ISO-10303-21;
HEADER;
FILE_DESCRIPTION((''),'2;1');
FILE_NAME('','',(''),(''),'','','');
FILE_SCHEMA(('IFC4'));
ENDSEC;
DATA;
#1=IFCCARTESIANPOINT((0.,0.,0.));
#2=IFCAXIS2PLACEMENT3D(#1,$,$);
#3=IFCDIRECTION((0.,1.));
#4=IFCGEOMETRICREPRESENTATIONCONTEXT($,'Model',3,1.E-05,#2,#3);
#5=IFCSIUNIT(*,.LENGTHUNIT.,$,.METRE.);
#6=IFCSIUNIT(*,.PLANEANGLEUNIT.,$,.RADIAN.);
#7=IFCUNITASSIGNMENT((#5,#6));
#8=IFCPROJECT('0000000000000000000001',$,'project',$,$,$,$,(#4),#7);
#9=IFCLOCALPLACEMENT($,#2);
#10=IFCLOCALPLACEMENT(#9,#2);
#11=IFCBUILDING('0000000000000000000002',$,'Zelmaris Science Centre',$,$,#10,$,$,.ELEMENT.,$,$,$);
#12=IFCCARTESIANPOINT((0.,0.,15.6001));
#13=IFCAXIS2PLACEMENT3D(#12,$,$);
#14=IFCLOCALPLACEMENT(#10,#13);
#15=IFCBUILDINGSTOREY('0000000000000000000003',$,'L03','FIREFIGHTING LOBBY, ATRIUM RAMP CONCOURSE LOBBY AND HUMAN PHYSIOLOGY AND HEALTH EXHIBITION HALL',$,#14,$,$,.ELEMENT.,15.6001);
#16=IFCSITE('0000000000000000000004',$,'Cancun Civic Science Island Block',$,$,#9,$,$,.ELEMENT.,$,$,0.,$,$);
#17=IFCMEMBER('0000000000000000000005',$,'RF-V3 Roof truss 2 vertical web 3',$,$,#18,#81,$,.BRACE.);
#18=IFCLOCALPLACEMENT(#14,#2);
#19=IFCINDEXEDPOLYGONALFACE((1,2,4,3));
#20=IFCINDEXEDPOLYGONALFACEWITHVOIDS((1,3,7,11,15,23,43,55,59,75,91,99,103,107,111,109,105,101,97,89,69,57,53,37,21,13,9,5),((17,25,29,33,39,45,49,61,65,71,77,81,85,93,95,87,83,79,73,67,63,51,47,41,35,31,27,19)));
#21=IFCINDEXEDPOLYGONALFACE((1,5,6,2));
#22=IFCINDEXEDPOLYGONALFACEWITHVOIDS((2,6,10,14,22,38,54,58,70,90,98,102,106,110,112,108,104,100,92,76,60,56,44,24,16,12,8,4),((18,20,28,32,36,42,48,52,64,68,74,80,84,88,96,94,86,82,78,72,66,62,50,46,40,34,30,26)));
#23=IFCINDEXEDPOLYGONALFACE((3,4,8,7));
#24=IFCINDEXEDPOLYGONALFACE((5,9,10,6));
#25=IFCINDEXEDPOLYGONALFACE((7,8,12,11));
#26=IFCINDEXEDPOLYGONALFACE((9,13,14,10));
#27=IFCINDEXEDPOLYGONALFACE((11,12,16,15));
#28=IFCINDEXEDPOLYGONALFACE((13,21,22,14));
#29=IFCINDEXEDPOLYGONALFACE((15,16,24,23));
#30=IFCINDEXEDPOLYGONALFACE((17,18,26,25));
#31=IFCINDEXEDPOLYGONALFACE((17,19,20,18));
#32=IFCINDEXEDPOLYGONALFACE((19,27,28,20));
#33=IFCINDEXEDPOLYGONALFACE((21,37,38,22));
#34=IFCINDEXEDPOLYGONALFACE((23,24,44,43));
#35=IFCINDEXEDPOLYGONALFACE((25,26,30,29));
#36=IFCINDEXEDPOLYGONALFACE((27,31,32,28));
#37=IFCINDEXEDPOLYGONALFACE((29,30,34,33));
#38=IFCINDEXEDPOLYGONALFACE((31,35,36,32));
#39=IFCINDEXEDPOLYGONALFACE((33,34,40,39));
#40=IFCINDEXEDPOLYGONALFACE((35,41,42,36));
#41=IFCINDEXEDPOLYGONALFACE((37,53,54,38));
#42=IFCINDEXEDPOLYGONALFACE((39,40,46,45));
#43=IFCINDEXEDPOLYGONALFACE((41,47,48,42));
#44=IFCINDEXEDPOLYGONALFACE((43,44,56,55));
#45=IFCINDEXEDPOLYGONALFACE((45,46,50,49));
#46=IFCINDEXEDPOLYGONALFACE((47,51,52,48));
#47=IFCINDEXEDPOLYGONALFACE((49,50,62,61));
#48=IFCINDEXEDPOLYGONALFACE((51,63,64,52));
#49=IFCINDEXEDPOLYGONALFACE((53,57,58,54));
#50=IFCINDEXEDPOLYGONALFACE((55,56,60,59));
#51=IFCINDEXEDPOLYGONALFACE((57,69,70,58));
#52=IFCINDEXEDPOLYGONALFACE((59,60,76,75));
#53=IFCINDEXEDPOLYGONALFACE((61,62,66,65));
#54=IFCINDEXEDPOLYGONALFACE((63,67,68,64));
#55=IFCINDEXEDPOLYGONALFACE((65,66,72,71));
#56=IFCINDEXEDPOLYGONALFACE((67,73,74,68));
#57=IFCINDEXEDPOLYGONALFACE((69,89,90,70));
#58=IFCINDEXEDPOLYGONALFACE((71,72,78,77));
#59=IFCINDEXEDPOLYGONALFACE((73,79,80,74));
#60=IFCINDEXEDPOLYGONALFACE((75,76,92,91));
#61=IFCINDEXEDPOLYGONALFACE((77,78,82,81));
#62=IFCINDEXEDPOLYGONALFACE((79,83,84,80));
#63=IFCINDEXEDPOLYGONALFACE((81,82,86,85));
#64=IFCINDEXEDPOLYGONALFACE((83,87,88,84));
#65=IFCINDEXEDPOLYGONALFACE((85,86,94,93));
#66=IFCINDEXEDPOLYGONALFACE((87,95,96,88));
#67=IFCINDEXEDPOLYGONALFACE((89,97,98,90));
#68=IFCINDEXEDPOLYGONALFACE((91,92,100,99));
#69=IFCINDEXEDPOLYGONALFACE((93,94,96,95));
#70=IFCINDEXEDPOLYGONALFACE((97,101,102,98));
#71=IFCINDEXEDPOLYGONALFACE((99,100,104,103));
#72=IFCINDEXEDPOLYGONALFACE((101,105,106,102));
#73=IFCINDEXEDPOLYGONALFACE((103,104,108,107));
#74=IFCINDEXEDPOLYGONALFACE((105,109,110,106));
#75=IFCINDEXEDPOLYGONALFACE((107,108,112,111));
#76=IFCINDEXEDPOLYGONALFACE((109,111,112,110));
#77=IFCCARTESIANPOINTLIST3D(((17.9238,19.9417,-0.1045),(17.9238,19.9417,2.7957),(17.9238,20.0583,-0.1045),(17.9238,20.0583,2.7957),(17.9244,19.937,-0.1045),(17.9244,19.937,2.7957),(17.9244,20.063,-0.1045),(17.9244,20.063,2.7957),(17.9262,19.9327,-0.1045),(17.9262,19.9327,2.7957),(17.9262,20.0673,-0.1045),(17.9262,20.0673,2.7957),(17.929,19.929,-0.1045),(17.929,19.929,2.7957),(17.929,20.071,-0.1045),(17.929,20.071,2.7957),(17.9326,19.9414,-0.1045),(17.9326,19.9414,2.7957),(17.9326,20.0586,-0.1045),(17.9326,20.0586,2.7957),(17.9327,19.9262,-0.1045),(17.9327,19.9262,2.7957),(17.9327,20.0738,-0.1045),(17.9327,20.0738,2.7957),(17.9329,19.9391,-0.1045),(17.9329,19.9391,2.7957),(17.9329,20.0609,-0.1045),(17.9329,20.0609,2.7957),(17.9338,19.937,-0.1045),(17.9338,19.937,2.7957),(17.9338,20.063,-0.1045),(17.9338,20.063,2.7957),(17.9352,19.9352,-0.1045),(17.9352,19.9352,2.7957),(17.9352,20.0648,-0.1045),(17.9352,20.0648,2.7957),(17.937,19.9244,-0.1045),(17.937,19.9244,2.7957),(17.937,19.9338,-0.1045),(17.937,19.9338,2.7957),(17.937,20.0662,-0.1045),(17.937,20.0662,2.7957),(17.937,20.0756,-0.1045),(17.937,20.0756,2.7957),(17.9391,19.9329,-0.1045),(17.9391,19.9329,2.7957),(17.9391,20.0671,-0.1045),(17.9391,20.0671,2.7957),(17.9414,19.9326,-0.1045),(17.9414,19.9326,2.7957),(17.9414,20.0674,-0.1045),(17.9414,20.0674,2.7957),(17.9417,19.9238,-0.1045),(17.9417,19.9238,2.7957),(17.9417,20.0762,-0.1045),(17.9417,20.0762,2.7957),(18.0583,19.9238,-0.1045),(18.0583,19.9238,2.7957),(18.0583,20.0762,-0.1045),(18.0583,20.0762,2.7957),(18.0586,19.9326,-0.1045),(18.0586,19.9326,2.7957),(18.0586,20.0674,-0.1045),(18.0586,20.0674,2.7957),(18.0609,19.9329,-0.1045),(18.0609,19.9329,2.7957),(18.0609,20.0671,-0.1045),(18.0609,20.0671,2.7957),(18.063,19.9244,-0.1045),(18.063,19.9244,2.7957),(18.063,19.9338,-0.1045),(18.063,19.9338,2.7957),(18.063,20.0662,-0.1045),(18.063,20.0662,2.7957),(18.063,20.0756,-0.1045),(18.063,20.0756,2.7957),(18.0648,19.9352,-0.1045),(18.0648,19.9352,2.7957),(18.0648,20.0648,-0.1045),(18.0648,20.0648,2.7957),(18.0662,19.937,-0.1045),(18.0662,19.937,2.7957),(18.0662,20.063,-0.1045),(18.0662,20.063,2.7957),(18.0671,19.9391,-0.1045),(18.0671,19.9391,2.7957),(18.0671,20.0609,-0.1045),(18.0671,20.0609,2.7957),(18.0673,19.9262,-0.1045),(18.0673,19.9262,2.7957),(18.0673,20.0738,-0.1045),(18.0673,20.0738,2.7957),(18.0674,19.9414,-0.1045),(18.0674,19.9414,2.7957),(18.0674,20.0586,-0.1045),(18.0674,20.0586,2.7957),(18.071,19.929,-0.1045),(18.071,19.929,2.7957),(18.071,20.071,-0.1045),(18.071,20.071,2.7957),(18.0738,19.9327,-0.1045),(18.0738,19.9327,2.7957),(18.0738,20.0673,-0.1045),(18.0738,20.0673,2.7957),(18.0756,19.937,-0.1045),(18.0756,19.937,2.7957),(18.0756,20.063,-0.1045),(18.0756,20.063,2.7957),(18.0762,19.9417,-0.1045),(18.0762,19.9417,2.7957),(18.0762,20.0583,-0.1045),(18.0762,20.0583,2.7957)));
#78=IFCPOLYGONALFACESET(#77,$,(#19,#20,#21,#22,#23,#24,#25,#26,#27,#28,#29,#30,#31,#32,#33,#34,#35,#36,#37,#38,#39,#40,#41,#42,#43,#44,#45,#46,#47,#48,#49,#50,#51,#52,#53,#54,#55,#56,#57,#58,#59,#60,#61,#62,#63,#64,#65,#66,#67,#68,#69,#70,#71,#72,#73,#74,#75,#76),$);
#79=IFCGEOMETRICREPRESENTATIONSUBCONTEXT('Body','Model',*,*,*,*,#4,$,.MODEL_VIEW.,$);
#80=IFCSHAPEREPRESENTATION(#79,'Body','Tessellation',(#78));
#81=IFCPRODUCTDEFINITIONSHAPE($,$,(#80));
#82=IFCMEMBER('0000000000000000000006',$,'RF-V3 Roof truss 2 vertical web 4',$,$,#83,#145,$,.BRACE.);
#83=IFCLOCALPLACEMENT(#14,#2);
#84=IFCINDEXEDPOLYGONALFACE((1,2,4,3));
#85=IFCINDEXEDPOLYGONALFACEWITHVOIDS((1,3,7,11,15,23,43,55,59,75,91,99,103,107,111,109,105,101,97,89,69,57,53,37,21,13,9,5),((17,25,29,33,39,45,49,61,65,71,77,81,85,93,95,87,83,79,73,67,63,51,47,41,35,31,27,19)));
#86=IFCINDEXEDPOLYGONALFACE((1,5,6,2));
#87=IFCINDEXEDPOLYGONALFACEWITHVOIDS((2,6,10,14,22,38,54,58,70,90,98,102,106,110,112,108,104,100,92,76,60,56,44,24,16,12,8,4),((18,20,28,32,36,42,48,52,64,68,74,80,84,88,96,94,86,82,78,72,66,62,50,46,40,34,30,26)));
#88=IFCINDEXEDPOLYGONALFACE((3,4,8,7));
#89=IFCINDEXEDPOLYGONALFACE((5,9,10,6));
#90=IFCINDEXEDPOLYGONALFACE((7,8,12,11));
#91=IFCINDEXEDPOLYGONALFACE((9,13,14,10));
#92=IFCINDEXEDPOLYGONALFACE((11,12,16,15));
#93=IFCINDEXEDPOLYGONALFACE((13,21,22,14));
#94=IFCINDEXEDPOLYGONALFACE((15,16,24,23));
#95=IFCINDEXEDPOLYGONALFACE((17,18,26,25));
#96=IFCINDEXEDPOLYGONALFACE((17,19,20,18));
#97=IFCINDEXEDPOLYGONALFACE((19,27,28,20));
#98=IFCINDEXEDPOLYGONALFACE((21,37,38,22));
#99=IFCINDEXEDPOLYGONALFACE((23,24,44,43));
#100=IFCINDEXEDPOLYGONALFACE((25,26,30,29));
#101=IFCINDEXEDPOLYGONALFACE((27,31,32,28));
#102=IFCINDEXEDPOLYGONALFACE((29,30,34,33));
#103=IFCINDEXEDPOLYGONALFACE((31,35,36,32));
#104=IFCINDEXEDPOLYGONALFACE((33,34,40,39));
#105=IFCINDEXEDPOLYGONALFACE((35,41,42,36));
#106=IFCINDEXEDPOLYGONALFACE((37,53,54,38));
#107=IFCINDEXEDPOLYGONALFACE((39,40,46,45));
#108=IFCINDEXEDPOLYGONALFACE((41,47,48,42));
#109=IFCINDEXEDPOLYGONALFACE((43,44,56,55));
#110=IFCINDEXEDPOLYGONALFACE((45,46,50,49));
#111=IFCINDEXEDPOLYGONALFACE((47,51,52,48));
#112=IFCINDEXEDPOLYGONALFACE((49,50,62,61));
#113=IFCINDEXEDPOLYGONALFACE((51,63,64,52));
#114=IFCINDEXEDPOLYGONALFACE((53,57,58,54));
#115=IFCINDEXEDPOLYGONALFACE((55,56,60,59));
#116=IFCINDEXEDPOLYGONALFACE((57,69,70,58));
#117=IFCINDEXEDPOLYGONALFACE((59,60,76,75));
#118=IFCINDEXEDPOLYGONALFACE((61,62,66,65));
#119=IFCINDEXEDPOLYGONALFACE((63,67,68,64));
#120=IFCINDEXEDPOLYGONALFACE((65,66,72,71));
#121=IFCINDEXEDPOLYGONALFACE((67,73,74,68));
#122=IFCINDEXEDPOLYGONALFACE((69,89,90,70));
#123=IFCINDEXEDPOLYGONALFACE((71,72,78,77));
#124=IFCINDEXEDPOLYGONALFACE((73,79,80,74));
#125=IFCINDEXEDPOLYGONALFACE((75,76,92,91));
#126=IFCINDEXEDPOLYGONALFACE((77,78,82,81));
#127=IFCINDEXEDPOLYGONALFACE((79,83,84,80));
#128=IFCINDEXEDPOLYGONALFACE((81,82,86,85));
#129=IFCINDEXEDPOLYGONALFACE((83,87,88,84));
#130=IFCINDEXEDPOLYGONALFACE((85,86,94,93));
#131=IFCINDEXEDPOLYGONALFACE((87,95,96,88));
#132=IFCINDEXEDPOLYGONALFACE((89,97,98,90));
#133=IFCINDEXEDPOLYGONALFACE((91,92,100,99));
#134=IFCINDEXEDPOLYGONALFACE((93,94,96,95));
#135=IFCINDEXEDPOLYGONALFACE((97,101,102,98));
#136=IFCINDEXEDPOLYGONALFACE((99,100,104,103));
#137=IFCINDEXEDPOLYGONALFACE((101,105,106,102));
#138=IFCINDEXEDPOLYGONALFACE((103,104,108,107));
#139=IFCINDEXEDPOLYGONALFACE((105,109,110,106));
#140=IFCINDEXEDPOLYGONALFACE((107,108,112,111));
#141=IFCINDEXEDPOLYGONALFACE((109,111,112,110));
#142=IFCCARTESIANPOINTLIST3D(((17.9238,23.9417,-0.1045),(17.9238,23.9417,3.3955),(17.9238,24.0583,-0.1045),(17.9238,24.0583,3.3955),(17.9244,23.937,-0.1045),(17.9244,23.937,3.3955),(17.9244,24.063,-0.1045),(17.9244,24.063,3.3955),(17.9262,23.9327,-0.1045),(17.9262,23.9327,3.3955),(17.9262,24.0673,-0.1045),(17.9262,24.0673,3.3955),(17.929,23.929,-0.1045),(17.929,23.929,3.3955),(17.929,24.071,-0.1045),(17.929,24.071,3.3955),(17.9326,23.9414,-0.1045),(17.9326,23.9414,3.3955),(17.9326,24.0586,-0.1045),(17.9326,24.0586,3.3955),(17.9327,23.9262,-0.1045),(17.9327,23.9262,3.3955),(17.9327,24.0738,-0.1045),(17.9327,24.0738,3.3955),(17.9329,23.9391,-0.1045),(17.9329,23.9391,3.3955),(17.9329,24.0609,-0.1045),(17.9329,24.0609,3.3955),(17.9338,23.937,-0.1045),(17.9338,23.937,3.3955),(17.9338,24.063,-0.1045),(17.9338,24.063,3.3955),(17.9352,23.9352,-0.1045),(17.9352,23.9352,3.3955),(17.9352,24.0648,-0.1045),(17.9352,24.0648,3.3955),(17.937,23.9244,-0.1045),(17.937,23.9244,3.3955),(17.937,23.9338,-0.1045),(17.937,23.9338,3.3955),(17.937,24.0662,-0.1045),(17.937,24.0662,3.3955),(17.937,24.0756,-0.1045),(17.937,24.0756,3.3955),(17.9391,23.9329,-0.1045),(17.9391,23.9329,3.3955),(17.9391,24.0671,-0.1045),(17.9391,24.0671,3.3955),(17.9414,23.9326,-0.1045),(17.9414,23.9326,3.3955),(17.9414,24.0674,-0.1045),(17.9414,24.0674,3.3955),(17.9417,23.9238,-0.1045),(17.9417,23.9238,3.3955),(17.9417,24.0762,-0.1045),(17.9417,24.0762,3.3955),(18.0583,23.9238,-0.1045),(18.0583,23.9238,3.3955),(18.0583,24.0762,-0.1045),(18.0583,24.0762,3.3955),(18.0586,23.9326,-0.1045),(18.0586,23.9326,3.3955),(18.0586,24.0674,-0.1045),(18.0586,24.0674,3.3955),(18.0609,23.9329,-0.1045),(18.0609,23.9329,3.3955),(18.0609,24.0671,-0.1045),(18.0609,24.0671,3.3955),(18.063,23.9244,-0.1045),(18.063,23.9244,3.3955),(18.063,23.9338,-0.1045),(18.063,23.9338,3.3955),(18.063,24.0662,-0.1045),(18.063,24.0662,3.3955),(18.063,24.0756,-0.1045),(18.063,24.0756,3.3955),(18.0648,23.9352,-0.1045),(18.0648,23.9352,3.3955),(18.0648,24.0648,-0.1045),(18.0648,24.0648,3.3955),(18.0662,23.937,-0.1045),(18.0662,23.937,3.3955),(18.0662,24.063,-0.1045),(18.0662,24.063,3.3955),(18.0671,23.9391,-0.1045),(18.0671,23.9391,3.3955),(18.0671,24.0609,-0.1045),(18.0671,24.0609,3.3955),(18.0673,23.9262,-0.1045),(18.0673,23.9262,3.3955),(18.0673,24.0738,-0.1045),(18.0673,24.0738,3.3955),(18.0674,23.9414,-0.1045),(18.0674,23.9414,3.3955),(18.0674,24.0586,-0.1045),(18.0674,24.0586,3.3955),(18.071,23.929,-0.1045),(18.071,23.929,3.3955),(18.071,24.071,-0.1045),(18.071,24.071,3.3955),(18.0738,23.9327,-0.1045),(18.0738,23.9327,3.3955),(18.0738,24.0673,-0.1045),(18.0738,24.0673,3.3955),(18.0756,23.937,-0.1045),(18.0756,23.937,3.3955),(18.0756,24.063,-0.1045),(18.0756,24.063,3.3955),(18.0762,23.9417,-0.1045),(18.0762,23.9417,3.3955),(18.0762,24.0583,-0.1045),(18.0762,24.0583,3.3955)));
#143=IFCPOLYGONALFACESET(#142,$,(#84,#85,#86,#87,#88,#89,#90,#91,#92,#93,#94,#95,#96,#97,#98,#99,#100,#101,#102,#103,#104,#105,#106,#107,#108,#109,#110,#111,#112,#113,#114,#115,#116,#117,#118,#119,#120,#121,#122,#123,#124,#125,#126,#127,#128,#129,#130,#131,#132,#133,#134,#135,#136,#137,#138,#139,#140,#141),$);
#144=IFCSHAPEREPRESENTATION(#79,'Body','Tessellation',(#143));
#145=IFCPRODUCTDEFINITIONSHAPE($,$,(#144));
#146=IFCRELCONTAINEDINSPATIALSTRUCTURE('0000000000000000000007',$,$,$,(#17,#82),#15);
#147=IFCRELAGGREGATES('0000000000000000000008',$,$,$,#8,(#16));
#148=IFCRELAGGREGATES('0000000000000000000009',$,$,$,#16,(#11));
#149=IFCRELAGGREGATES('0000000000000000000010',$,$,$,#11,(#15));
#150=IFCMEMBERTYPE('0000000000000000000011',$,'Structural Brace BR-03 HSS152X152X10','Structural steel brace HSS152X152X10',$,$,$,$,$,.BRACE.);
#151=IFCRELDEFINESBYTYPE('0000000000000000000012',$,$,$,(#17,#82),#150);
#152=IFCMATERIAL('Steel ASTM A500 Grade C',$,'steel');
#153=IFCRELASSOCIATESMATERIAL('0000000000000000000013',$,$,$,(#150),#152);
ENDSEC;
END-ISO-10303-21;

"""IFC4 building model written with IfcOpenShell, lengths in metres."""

from ifc_helpers import new_model, si_unit, direction, frame, origin, origin_2d, place, context, subcontext, project, spatial, hollow_rectangle, extrude, material, material_profile, profile_set, type_object, element, save


model = new_model("IFC4")

# Units and contexts
model_context = context("Model", 3, precision=1e-05, world=origin(), true_north=direction((0.0, 1.0)))
body_context = subcontext(model_context, "Body", "Model", "MODEL_VIEW")
ifc_project = project(units=[si_unit("LENGTHUNIT", "METRE"), si_unit("PLANEANGLEUNIT", "RADIAN")], contexts=[model_context])

# Site, building, storey
site_placement = place(None, origin())
site = spatial("IfcSite", under=ifc_project, at=site_placement, Name="Cancun Civic Science Island Block", CompositionType="ELEMENT", RefElevation=0.0)
building_placement = place(site_placement, origin())
building = spatial("IfcBuilding", under=site, at=building_placement, Name="Zelmaris Science Centre", CompositionType="ELEMENT")
storey_placement = place(building_placement, frame((0.0, 0.0, 15.6001)))
storey = spatial("IfcBuildingStorey", under=building, at=storey_placement, Name="L03", Description="FIREFIGHTING LOBBY, ATRIUM RAMP CONCOURSE LOBBY AND HUMAN PHYSIOLOGY AND HEALTH EXHIBITION HALL", CompositionType="ELEMENT", Elevation=15.6001)

# Shared definitions
ifc_material = material(Name="Steel ASTM A500 Grade C", Category="steel")

# Members
ifc_material_profile_1 = material_profile(ifc_material, hollow_rectangle(XDim=0.1523, YDim=0.1523, WallThickness=0.0088, InnerFilletRadius=0.0088, OuterFilletRadius=0.0178, at=origin_2d()), Name="HSS152X152X10")
ifc_profile_set_1 = profile_set([ifc_material_profile_1], Name="Steel ASTM A500 Grade C")
member_type_1 = type_object("IfcMemberType", Name="Structural Brace BR-03 HSS152X152X10", Description="Structural steel brace HSS152X152X10", PredefinedType="BRACE", material=ifc_profile_set_1)
member_1_placement = place(storey_placement, frame((18.0, 20.0, -0.1045), z_axis=(0.0, 0.0, 1.0), x_axis=(1.0, 0.0, 0.0)))
element("IfcMember", 1, at=member_1_placement, inside=storey, type_object=member_type_1, Name="RF-V3 Roof truss 2 vertical web 3", PredefinedType="BRACE", context=body_context, shape_type="SweptSolid", body=[
    extrude(hollow_rectangle(XDim=0.1523, YDim=0.1523, WallThickness=0.0088, InnerFilletRadius=0.0088, OuterFilletRadius=0.0178, at=origin_2d()), origin(), (0.0, 0.0, 1.0), 2.9001),
])
member_2_placement = place(storey_placement, frame((18.0, 24.0, -0.1045), z_axis=(0.0, 0.0, 1.0), x_axis=(1.0, 0.0, 0.0)))
element("IfcMember", 2, at=member_2_placement, inside=storey, type_object=member_type_1, Name="RF-V3 Roof truss 2 vertical web 4", PredefinedType="BRACE", context=body_context, shape_type="SweptSolid", body=[
    extrude(hollow_rectangle(XDim=0.1523, YDim=0.1523, WallThickness=0.0088, InnerFilletRadius=0.0088, OuterFilletRadius=0.0178, at=origin_2d()), origin(), (0.0, 0.0, 1.0), 3.5),
])

save(model, "model.ifc")
